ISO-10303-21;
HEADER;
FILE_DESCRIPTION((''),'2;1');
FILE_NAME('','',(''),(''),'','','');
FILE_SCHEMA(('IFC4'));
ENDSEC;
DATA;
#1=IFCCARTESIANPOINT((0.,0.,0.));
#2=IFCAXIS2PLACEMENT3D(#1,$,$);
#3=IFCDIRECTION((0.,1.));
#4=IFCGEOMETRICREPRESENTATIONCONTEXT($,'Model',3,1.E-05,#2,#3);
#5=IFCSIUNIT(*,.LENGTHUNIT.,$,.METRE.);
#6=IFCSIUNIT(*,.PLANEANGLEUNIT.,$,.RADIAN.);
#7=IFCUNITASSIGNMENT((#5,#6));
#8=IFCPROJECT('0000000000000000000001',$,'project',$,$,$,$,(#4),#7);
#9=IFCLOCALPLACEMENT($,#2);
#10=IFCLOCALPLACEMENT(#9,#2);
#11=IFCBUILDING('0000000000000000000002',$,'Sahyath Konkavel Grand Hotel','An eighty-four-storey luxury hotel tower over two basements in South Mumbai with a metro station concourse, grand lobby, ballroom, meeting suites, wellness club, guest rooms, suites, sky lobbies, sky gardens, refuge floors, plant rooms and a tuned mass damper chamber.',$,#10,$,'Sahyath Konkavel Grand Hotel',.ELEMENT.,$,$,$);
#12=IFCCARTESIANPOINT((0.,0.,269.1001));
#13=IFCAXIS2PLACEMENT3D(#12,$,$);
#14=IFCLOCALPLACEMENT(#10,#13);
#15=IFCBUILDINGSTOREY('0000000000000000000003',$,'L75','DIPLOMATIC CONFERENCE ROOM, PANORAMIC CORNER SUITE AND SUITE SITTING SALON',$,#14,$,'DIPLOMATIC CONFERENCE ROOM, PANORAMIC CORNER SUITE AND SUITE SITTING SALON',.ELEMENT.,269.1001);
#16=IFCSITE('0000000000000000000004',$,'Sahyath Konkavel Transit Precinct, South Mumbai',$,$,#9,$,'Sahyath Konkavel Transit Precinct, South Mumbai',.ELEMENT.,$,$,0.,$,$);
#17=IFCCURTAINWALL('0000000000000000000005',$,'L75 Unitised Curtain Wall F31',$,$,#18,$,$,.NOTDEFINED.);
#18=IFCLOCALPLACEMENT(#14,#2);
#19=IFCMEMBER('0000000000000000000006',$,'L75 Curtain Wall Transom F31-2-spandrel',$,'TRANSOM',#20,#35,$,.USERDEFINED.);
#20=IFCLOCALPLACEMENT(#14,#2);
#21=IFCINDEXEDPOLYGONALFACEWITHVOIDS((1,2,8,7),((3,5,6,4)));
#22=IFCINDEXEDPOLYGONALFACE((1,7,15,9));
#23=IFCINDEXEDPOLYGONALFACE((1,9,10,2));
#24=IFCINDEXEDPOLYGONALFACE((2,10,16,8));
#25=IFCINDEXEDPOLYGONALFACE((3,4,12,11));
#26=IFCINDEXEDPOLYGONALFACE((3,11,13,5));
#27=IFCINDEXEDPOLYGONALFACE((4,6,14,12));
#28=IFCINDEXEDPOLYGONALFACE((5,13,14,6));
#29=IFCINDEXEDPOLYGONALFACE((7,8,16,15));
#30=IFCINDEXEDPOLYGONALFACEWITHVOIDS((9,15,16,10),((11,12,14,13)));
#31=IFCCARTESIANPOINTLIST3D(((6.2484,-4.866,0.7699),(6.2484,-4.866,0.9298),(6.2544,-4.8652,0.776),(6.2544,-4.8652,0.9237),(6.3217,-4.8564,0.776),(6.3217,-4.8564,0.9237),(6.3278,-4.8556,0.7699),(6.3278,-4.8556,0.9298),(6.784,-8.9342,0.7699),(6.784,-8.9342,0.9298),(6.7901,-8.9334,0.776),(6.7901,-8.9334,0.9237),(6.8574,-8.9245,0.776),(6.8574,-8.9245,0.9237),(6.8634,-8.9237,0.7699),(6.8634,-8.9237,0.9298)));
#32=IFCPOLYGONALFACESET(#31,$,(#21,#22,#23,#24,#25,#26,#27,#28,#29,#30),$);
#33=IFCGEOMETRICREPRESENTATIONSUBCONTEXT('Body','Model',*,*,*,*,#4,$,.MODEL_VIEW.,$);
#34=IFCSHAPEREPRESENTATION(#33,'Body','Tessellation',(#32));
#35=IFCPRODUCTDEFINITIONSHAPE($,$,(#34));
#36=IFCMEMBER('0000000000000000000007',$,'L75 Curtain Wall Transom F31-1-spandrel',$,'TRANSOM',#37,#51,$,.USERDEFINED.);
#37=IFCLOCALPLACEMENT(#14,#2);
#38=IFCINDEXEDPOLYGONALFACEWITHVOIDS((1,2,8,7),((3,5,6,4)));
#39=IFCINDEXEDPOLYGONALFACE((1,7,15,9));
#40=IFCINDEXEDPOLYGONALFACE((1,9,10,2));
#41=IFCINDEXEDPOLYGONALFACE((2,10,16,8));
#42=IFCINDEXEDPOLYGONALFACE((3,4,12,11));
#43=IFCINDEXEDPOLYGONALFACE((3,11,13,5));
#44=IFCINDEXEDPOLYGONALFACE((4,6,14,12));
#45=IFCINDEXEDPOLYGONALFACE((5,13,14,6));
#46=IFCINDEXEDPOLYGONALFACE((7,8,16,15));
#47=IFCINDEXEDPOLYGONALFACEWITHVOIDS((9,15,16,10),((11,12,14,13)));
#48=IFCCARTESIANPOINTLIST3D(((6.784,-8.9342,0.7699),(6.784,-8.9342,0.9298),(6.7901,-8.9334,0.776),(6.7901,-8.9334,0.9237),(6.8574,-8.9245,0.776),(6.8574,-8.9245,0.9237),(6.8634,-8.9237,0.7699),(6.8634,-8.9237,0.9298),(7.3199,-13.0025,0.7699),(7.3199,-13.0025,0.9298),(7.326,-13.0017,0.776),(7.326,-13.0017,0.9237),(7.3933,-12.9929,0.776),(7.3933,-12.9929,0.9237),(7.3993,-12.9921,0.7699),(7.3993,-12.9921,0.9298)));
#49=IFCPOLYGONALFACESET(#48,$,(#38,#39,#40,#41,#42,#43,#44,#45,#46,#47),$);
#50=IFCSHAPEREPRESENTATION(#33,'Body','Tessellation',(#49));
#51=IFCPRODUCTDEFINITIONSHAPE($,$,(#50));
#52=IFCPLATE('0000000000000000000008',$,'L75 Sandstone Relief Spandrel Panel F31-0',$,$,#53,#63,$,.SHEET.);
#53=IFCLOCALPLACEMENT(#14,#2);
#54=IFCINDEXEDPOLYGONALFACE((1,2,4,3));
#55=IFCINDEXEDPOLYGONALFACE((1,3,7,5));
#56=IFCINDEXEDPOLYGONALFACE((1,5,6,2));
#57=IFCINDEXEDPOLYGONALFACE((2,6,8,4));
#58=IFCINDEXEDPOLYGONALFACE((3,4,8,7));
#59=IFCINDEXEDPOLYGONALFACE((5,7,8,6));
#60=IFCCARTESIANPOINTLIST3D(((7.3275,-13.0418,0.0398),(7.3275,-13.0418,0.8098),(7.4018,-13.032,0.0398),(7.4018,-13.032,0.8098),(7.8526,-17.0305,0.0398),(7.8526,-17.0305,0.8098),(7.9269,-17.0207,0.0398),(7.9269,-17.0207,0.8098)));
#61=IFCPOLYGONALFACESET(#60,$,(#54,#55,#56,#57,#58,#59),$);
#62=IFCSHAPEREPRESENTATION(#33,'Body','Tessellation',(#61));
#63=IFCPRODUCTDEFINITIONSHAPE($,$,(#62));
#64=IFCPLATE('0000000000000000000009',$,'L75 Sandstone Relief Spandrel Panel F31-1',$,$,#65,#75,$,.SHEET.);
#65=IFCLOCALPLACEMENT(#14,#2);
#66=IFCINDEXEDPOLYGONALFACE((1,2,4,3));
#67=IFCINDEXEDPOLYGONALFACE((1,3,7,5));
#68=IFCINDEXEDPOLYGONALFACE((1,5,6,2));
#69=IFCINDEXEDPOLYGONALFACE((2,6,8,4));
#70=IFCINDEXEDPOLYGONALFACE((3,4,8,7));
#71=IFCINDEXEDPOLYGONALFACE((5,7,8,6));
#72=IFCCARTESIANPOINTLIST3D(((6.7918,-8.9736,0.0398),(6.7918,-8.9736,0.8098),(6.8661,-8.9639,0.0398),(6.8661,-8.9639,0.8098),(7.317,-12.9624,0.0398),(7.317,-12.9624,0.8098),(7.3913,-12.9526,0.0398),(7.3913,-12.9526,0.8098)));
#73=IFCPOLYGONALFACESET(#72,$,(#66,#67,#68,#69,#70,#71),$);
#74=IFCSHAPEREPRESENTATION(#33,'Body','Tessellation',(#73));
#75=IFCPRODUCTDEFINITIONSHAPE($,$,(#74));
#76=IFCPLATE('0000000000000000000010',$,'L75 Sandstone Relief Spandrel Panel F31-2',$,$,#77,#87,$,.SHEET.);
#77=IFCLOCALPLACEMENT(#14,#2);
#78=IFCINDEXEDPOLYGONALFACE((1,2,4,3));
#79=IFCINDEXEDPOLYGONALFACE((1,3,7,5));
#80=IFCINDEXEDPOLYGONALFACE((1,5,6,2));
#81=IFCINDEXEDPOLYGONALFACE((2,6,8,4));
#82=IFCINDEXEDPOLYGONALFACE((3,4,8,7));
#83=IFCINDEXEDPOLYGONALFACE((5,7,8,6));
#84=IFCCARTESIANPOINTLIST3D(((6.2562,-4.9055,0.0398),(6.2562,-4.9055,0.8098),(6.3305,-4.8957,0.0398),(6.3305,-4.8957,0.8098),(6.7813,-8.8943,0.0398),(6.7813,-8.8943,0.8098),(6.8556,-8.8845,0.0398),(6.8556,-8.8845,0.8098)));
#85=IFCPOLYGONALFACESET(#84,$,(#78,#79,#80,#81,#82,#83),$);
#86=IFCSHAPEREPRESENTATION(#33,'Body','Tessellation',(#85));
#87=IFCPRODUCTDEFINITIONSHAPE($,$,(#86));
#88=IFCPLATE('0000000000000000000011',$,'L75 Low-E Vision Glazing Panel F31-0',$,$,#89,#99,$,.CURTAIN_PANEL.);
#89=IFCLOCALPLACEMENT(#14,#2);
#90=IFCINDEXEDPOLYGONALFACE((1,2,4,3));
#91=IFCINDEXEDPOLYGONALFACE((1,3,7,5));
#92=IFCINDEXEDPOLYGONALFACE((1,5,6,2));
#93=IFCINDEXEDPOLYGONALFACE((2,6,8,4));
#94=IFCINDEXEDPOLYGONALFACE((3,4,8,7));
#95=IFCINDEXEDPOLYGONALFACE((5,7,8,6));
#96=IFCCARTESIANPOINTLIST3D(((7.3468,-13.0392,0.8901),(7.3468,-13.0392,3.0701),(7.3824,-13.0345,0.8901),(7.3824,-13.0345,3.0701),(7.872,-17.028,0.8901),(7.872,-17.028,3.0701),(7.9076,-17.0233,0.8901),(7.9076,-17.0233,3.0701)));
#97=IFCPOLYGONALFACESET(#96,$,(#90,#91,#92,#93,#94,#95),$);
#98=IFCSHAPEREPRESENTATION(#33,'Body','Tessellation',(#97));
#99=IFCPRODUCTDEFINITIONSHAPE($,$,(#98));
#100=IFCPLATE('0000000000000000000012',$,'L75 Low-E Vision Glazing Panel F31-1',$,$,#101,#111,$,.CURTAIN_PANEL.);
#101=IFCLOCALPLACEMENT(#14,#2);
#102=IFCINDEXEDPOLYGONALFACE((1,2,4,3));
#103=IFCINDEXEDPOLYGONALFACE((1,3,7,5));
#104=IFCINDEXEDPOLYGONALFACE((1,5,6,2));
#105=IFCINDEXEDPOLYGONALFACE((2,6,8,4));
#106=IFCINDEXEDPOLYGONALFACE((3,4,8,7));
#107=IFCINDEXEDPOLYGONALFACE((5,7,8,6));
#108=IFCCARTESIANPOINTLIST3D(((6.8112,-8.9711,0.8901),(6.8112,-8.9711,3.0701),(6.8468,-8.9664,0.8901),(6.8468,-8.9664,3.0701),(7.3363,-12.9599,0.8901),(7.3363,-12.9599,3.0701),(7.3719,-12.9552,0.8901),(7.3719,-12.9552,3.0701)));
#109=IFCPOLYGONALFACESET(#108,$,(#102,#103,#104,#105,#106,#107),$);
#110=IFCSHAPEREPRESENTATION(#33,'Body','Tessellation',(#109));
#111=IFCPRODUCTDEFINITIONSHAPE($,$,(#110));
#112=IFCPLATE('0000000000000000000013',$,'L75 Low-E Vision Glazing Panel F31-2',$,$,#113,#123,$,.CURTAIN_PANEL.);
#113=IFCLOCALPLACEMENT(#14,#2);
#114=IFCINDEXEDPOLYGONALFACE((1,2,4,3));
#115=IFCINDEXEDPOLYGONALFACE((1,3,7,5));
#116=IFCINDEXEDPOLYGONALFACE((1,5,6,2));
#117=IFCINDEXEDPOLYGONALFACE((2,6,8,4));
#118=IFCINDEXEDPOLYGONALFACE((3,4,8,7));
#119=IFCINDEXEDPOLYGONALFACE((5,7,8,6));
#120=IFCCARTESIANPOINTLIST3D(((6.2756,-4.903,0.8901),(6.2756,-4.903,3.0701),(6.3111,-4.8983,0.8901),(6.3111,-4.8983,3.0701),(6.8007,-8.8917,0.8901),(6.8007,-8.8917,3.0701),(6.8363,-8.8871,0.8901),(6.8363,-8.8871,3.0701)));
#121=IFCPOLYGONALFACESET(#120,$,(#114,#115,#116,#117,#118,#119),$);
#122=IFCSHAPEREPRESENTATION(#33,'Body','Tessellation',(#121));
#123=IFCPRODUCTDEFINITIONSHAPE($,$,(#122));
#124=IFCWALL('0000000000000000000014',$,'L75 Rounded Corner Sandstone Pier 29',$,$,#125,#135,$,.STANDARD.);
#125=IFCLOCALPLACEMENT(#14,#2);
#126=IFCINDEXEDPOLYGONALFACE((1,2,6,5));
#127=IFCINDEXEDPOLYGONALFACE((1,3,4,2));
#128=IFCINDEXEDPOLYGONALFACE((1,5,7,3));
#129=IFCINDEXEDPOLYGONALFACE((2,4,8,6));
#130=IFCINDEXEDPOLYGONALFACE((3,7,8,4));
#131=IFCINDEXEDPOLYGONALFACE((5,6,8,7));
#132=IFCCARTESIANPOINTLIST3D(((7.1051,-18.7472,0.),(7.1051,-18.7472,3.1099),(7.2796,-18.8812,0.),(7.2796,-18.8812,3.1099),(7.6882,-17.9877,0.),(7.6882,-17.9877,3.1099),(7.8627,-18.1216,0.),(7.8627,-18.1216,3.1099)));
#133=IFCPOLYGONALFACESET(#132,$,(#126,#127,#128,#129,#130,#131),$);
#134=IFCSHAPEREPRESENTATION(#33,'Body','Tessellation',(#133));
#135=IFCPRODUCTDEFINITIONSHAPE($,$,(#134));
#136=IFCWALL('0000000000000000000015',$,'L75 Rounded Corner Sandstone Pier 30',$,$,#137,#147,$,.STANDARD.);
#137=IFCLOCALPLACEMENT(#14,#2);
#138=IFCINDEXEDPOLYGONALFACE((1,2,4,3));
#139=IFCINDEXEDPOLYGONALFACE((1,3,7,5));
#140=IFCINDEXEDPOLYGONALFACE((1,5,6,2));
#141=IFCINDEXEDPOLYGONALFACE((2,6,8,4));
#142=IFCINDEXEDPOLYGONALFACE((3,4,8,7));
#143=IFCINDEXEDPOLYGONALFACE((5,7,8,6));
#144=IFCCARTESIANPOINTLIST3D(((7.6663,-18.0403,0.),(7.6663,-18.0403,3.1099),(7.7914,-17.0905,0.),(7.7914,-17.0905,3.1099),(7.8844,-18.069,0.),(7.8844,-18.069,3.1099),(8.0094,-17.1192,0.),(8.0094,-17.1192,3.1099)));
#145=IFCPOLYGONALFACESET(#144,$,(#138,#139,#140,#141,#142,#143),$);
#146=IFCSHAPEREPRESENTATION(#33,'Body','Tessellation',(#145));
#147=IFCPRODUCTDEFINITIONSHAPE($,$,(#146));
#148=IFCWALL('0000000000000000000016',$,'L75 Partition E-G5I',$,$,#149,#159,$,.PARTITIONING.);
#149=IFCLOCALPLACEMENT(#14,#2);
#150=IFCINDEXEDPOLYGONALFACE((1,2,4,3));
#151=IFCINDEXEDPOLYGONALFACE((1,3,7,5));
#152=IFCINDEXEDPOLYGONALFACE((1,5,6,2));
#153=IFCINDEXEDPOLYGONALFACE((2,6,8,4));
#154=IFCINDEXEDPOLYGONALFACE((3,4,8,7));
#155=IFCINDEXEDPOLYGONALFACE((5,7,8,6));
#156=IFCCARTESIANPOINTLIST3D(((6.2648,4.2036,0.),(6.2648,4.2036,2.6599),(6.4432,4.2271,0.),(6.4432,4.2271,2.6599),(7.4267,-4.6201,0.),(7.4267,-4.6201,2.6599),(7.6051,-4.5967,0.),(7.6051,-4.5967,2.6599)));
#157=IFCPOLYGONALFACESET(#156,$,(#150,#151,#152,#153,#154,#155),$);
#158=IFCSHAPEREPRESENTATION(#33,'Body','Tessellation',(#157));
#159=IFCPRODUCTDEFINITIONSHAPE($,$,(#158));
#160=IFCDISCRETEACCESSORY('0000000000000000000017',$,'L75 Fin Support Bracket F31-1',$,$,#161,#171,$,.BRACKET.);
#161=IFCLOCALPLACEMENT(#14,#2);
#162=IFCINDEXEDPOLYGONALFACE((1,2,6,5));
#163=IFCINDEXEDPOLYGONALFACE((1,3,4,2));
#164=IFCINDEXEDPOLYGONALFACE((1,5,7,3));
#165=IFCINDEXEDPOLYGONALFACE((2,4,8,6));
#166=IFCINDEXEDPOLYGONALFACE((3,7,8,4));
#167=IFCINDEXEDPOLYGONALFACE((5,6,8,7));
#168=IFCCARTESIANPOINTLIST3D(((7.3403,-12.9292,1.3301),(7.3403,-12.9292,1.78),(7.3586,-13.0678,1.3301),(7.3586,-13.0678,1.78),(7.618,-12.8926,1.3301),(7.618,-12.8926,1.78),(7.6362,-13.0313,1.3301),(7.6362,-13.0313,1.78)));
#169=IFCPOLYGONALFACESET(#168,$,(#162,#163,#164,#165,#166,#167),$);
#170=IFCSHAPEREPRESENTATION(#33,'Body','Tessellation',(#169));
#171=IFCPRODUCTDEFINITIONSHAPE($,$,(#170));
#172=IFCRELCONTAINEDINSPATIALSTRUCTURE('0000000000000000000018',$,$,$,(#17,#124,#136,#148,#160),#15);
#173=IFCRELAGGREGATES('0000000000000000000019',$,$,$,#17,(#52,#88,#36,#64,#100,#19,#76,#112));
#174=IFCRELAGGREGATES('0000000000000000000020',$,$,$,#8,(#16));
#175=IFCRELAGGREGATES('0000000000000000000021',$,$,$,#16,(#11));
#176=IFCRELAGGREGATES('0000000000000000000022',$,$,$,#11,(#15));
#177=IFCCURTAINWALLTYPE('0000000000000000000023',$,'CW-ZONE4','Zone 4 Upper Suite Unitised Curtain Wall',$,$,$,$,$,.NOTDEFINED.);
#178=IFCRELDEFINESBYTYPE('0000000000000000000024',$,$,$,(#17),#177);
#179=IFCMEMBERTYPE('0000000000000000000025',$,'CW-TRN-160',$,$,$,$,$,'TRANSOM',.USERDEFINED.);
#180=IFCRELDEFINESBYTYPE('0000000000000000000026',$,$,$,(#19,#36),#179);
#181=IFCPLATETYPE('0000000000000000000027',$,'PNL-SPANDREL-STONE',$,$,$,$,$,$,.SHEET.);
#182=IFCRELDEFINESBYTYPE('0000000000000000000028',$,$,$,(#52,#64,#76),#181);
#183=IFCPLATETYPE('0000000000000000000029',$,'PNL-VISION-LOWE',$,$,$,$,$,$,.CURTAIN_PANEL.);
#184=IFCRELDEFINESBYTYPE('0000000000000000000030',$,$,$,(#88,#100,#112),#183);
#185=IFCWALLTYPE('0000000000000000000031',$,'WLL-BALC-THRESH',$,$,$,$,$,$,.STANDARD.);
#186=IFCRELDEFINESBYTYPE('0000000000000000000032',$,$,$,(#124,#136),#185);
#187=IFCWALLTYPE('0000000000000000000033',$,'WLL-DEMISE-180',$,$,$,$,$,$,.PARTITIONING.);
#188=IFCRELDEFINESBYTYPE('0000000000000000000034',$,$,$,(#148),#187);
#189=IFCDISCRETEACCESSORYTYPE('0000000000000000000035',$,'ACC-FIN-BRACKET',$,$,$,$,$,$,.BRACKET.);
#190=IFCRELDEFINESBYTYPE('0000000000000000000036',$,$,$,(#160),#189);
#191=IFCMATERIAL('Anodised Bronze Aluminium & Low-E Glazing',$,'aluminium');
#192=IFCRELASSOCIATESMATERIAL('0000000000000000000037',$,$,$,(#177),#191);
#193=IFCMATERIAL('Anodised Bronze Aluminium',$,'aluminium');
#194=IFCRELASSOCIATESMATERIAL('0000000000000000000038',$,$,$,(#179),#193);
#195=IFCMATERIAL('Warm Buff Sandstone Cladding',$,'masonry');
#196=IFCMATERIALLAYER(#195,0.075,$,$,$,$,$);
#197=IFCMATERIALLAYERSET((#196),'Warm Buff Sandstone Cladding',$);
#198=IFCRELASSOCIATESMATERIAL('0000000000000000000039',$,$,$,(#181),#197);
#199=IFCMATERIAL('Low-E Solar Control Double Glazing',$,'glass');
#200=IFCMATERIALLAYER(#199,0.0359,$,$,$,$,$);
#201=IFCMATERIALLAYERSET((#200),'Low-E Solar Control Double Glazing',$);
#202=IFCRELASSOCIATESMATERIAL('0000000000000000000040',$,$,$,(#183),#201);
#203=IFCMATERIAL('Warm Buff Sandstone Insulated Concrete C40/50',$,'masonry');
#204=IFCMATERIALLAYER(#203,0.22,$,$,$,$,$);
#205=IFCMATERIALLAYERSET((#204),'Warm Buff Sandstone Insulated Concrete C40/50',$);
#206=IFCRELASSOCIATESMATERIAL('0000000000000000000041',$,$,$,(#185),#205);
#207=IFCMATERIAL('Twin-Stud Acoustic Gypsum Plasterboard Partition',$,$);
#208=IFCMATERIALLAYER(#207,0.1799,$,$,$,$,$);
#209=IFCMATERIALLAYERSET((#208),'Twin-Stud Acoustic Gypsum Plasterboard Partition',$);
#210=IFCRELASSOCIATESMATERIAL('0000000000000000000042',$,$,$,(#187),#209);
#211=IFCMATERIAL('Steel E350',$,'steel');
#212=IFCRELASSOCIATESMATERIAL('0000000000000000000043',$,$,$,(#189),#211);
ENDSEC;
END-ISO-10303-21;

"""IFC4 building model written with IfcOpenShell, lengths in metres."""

from ifc_helpers import new_model, si_unit, direction, frame, frame_2d, origin, origin_2d, place, context, subcontext, project, spatial, rectangle, hollow_rectangle, extrude, source, transform, mapped, material, layer, layer_set, material_profile, profile_set, type_object, element, aggregate, save


model = new_model("IFC4")

# Units and contexts
model_context = context("Model", 3, precision=1e-05, world=origin(), true_north=direction((0.0, 1.0)))
body_context = subcontext(model_context, "Body", "Model", "MODEL_VIEW")
ifc_project = project(units=[si_unit("LENGTHUNIT", "METRE"), si_unit("PLANEANGLEUNIT", "RADIAN")], contexts=[model_context])

# Site, building, storey
site_placement = place(None, origin())
site = spatial("IfcSite", under=ifc_project, at=site_placement, Name="Sahyath Konkavel Transit Precinct, South Mumbai", LongName="Sahyath Konkavel Transit Precinct, South Mumbai", CompositionType="ELEMENT", RefElevation=0.0)
building_placement = place(site_placement, origin())
building = spatial("IfcBuilding", under=site, at=building_placement, Name="Sahyath Konkavel Grand Hotel", Description="An eighty-four-storey luxury hotel tower over two basements in South Mumbai with a metro station concourse, grand lobby, ballroom, meeting suites, wellness club, guest rooms, suites, sky lobbies, sky gardens, refuge floors, plant rooms and a tuned mass damper chamber.", LongName="Sahyath Konkavel Grand Hotel", CompositionType="ELEMENT")
storey_placement = place(building_placement, frame((0.0, 0.0, 269.1001)))
storey = spatial("IfcBuildingStorey", under=building, at=storey_placement, Name="L75", Description="DIPLOMATIC CONFERENCE ROOM, PANORAMIC CORNER SUITE AND SUITE SITTING SALON", LongName="DIPLOMATIC CONFERENCE ROOM, PANORAMIC CORNER SUITE AND SUITE SITTING SALON", CompositionType="ELEMENT", Elevation=269.1001)

# Shared definitions
ifc_material_1 = material(Name="Anodised Bronze Aluminium & Low-E Glazing", Category="aluminium")
curtain_wall_type = type_object("IfcCurtainWallType", Name="CW-ZONE4", Description="Zone 4 Upper Suite Unitised Curtain Wall", PredefinedType="NOTDEFINED", material=ifc_material_1)
ifc_material_2 = material(Name="Anodised Bronze Aluminium", Category="aluminium")

# Curtain wall
curtain_wall_1_placement = place(storey_placement, origin())
curtain_wall_1 = element("IfcCurtainWall", 1, at=curtain_wall_1_placement, inside=storey, type_object=curtain_wall_type, Name="L75 Unitised Curtain Wall F31", PredefinedType="NOTDEFINED")

# Members
ifc_material_profile_1 = material_profile(ifc_material_2, hollow_rectangle(XDim=0.0801, YDim=0.1599, WallThickness=0.0061, at=origin_2d()), Name="RHS 160x80x6")
ifc_profile_set_1 = profile_set([ifc_material_profile_1], Name="Anodised Bronze Aluminium")
member_type_1 = type_object("IfcMemberType", Name="CW-TRN-160", ElementType="TRANSOM", PredefinedType="USERDEFINED", material=ifc_profile_set_1)
shared_shape_1 = source(origin(), body_context, "Body", "SweptSolid", [
    extrude(hollow_rectangle(XDim=0.0801, YDim=0.1599, WallThickness=0.0061, at=origin_2d()), origin(), (0.0, 0.0, 1.0), 4.1033),
])
member_1_placement = place(storey_placement, frame((6.8237, -8.929, 0.8499), z_axis=(-0.130542, 0.991443, 0.0), x_axis=(-0.991443, -0.130542, 0.0)))
member_1 = element("IfcMember", 2, at=member_1_placement, type_object=member_type_1, Name="L75 Curtain Wall Transom F31-2-spandrel", ObjectType="TRANSOM", PredefinedType="USERDEFINED", context=body_context, shape_type="MappedRepresentation", body=[
    mapped(shared_shape_1, transform((0.0, 0.0, 0.0), scale=1.0)),
])
shared_shape_2 = source(origin(), body_context, "Body", "SweptSolid", [
    extrude(hollow_rectangle(XDim=0.0801, YDim=0.1599, WallThickness=0.0061, at=origin_2d()), origin(), (0.0, 0.0, 1.0), 4.1035),
])
member_2_placement = place(storey_placement, frame((7.3596, -12.9973, 0.8499), z_axis=(-0.130593, 0.991436, 0.0), x_axis=(-0.991436, -0.130593, 0.0)))
member_2 = element("IfcMember", 3, at=member_2_placement, type_object=member_type_1, Name="L75 Curtain Wall Transom F31-1-spandrel", ObjectType="TRANSOM", PredefinedType="USERDEFINED", context=body_context, shape_type="MappedRepresentation", body=[
    mapped(shared_shape_2, transform((0.0, 0.0, 0.0), scale=1.0)),
])

# Plates
ifc_material_3 = material(Name="Warm Buff Sandstone Cladding", Category="masonry")
ifc_layer_1 = layer(ifc_material_3, 0.075)
ifc_layer_set_1 = layer_set([ifc_layer_1], Name="Warm Buff Sandstone Cladding")
plate_type_1 = type_object("IfcPlateType", Name="PNL-SPANDREL-STONE", PredefinedType="SHEET", material=ifc_layer_set_1)
shared_shape_3 = source(origin(), body_context, "Body", "SweptSolid", [
    extrude(rectangle(XDim=4.0232, YDim=0.075, at=origin_2d()), origin(), (0.0, 0.0, 1.0), 0.77),
])
plate_1_placement = place(storey_placement, frame((7.6272, -15.0312, 0.0398), z_axis=(0.0, 0.0, 1.0), x_axis=(-0.130526, 0.991445, 0.0)))
plate_1 = element("IfcPlate", 4, at=plate_1_placement, type_object=plate_type_1, Name="L75 Sandstone Relief Spandrel Panel F31-0", PredefinedType="SHEET", context=body_context, shape_type="MappedRepresentation", body=[
    mapped(shared_shape_3, transform((0.0, 0.0, 0.0), scale=1.0)),
])
plate_2_placement = place(storey_placement, frame((7.0916, -10.9631, 0.0398), z_axis=(0.0, 0.0, 1.0), x_axis=(-0.130526, 0.991445, 0.0)))
plate_2 = element("IfcPlate", 5, at=plate_2_placement, type_object=plate_type_1, Name="L75 Sandstone Relief Spandrel Panel F31-1", PredefinedType="SHEET", context=body_context, shape_type="MappedRepresentation", body=[
    mapped(shared_shape_3, transform((0.0, 0.0, 0.0), scale=1.0)),
])
plate_3_placement = place(storey_placement, frame((6.5559, -6.895, 0.0398), z_axis=(0.0, 0.0, 1.0), x_axis=(-0.130526, 0.991445, 0.0)))
plate_3 = element("IfcPlate", 6, at=plate_3_placement, type_object=plate_type_1, Name="L75 Sandstone Relief Spandrel Panel F31-2", PredefinedType="SHEET", context=body_context, shape_type="MappedRepresentation", body=[
    mapped(shared_shape_3, transform((0.0, 0.0, 0.0), scale=1.0)),
])
ifc_material_4 = material(Name="Low-E Solar Control Double Glazing", Category="glass")
ifc_layer_2 = layer(ifc_material_4, 0.0359)
ifc_layer_set_2 = layer_set([ifc_layer_2], Name="Low-E Solar Control Double Glazing")
plate_type_2 = type_object("IfcPlateType", Name="PNL-VISION-LOWE", PredefinedType="CURTAIN_PANEL", material=ifc_layer_set_2)
shared_shape_4 = source(origin(), body_context, "Body", "SweptSolid", [
    extrude(rectangle(XDim=4.0232, YDim=0.0359, at=origin_2d()), origin(), (0.0, 0.0, 1.0), 2.1799),
])
plate_4_placement = place(storey_placement, frame((7.6272, -15.0312, 0.8901), z_axis=(0.0, 0.0, 1.0), x_axis=(-0.130526, 0.991445, 0.0)))
plate_4 = element("IfcPlate", 7, at=plate_4_placement, type_object=plate_type_2, Name="L75 Low-E Vision Glazing Panel F31-0", PredefinedType="CURTAIN_PANEL", context=body_context, shape_type="MappedRepresentation", body=[
    mapped(shared_shape_4, transform((0.0, 0.0, 0.0), scale=1.0)),
])
plate_5_placement = place(storey_placement, frame((7.0916, -10.9631, 0.8901), z_axis=(0.0, 0.0, 1.0), x_axis=(-0.130526, 0.991445, 0.0)))
plate_5 = element("IfcPlate", 8, at=plate_5_placement, type_object=plate_type_2, Name="L75 Low-E Vision Glazing Panel F31-1", PredefinedType="CURTAIN_PANEL", context=body_context, shape_type="MappedRepresentation", body=[
    mapped(shared_shape_4, transform((0.0, 0.0, 0.0), scale=1.0)),
])
plate_6_placement = place(storey_placement, frame((6.5559, -6.895, 0.8901), z_axis=(0.0, 0.0, 1.0), x_axis=(-0.130526, 0.991445, 0.0)))
plate_6 = element("IfcPlate", 9, at=plate_6_placement, type_object=plate_type_2, Name="L75 Low-E Vision Glazing Panel F31-2", PredefinedType="CURTAIN_PANEL", context=body_context, shape_type="MappedRepresentation", body=[
    mapped(shared_shape_4, transform((0.0, 0.0, 0.0), scale=1.0)),
])
aggregate(curtain_wall_1, [plate_1, plate_4, member_2, plate_2, plate_5, member_1, plate_3, plate_6])

# Walls
ifc_material_5 = material(Name="Warm Buff Sandstone Insulated Concrete C40/50", Category="masonry")
ifc_layer_3 = layer(ifc_material_5, 0.22)
ifc_layer_set_3 = layer_set([ifc_layer_3], Name="Warm Buff Sandstone Insulated Concrete C40/50")
wall_type_1 = type_object("IfcWallType", Name="WLL-BALC-THRESH", PredefinedType="STANDARD", material=ifc_layer_set_3)
wall_1_placement = place(storey_placement, frame((7.1924, -18.8142, 0.0), z_axis=(0.0, 0.0, 1.0), x_axis=(0.608897, 0.793249, 0.0)))
element("IfcWall", 10, at=wall_1_placement, inside=storey, type_object=wall_type_1, Name="L75 Rounded Corner Sandstone Pier 29", PredefinedType="STANDARD", context=body_context, shape_type="SweptSolid", body=[
    extrude(rectangle(XDim=0.9575, YDim=0.22, at=frame_2d((0.4788, 0.0))), origin(), (0.0, 0.0, 1.0), 3.1099),
])
wall_2_placement = place(storey_placement, frame((7.7754, -18.0547, 0.0), z_axis=(0.0, 0.0, 1.0), x_axis=(0.130494, 0.991449, 0.0)))
element("IfcWall", 11, at=wall_2_placement, inside=storey, type_object=wall_type_1, Name="L75 Rounded Corner Sandstone Pier 30", PredefinedType="STANDARD", context=body_context, shape_type="SweptSolid", body=[
    extrude(rectangle(XDim=0.958, YDim=0.22, at=frame_2d((0.479, 0.0))), origin(), (0.0, 0.0, 1.0), 3.1099),
])
ifc_material_6 = material(Name="Twin-Stud Acoustic Gypsum Plasterboard Partition")
ifc_layer_4 = layer(ifc_material_6, 0.1799)
ifc_layer_set_4 = layer_set([ifc_layer_4], Name="Twin-Stud Acoustic Gypsum Plasterboard Partition")
wall_type_2 = type_object("IfcWallType", Name="WLL-DEMISE-180", PredefinedType="PARTITIONING", material=ifc_layer_set_4)
wall_3_placement = place(storey_placement, frame((7.5159, -4.6084, 0.0), z_axis=(0.0, 0.0, 1.0), x_axis=(-0.130548, 0.991442, 0.0)))
element("IfcWall", 12, at=wall_3_placement, inside=storey, type_object=wall_type_2, Name="L75 Partition E-G5I", PredefinedType="PARTITIONING", context=body_context, shape_type="SweptSolid", body=[
    extrude(rectangle(XDim=8.8999, YDim=0.1799, at=frame_2d((4.45, 0.0))), origin(), (0.0, 0.0, 1.0), 2.6599),
])

# Discrete accessory
ifc_material_7 = material(Name="Steel E350", Category="steel")
discrete_accessory_type = type_object("IfcDiscreteAccessoryType", Name="ACC-FIN-BRACKET", PredefinedType="BRACKET", material=ifc_material_7)
shared_shape_5 = source(origin(), body_context, "Body", "SweptSolid", [
    extrude(rectangle(XDim=0.28, YDim=0.1399, at=origin_2d()), origin(), (0.0, 0.0, 1.0), 0.45),
])
discrete_accessory_placement = place(storey_placement, frame((7.4883, -12.9802, 1.3301), z_axis=(0.0, 0.0, 1.0), x_axis=(0.991445, 0.130526, 0.0)))
element("IfcDiscreteAccessory", 13, at=discrete_accessory_placement, inside=storey, type_object=discrete_accessory_type, Name="L75 Fin Support Bracket F31-1", PredefinedType="BRACKET", context=body_context, shape_type="MappedRepresentation", body=[
    mapped(shared_shape_5, transform((0.0, 0.0, 0.0), scale=1.0)),
])

save(model, "model.ifc")
